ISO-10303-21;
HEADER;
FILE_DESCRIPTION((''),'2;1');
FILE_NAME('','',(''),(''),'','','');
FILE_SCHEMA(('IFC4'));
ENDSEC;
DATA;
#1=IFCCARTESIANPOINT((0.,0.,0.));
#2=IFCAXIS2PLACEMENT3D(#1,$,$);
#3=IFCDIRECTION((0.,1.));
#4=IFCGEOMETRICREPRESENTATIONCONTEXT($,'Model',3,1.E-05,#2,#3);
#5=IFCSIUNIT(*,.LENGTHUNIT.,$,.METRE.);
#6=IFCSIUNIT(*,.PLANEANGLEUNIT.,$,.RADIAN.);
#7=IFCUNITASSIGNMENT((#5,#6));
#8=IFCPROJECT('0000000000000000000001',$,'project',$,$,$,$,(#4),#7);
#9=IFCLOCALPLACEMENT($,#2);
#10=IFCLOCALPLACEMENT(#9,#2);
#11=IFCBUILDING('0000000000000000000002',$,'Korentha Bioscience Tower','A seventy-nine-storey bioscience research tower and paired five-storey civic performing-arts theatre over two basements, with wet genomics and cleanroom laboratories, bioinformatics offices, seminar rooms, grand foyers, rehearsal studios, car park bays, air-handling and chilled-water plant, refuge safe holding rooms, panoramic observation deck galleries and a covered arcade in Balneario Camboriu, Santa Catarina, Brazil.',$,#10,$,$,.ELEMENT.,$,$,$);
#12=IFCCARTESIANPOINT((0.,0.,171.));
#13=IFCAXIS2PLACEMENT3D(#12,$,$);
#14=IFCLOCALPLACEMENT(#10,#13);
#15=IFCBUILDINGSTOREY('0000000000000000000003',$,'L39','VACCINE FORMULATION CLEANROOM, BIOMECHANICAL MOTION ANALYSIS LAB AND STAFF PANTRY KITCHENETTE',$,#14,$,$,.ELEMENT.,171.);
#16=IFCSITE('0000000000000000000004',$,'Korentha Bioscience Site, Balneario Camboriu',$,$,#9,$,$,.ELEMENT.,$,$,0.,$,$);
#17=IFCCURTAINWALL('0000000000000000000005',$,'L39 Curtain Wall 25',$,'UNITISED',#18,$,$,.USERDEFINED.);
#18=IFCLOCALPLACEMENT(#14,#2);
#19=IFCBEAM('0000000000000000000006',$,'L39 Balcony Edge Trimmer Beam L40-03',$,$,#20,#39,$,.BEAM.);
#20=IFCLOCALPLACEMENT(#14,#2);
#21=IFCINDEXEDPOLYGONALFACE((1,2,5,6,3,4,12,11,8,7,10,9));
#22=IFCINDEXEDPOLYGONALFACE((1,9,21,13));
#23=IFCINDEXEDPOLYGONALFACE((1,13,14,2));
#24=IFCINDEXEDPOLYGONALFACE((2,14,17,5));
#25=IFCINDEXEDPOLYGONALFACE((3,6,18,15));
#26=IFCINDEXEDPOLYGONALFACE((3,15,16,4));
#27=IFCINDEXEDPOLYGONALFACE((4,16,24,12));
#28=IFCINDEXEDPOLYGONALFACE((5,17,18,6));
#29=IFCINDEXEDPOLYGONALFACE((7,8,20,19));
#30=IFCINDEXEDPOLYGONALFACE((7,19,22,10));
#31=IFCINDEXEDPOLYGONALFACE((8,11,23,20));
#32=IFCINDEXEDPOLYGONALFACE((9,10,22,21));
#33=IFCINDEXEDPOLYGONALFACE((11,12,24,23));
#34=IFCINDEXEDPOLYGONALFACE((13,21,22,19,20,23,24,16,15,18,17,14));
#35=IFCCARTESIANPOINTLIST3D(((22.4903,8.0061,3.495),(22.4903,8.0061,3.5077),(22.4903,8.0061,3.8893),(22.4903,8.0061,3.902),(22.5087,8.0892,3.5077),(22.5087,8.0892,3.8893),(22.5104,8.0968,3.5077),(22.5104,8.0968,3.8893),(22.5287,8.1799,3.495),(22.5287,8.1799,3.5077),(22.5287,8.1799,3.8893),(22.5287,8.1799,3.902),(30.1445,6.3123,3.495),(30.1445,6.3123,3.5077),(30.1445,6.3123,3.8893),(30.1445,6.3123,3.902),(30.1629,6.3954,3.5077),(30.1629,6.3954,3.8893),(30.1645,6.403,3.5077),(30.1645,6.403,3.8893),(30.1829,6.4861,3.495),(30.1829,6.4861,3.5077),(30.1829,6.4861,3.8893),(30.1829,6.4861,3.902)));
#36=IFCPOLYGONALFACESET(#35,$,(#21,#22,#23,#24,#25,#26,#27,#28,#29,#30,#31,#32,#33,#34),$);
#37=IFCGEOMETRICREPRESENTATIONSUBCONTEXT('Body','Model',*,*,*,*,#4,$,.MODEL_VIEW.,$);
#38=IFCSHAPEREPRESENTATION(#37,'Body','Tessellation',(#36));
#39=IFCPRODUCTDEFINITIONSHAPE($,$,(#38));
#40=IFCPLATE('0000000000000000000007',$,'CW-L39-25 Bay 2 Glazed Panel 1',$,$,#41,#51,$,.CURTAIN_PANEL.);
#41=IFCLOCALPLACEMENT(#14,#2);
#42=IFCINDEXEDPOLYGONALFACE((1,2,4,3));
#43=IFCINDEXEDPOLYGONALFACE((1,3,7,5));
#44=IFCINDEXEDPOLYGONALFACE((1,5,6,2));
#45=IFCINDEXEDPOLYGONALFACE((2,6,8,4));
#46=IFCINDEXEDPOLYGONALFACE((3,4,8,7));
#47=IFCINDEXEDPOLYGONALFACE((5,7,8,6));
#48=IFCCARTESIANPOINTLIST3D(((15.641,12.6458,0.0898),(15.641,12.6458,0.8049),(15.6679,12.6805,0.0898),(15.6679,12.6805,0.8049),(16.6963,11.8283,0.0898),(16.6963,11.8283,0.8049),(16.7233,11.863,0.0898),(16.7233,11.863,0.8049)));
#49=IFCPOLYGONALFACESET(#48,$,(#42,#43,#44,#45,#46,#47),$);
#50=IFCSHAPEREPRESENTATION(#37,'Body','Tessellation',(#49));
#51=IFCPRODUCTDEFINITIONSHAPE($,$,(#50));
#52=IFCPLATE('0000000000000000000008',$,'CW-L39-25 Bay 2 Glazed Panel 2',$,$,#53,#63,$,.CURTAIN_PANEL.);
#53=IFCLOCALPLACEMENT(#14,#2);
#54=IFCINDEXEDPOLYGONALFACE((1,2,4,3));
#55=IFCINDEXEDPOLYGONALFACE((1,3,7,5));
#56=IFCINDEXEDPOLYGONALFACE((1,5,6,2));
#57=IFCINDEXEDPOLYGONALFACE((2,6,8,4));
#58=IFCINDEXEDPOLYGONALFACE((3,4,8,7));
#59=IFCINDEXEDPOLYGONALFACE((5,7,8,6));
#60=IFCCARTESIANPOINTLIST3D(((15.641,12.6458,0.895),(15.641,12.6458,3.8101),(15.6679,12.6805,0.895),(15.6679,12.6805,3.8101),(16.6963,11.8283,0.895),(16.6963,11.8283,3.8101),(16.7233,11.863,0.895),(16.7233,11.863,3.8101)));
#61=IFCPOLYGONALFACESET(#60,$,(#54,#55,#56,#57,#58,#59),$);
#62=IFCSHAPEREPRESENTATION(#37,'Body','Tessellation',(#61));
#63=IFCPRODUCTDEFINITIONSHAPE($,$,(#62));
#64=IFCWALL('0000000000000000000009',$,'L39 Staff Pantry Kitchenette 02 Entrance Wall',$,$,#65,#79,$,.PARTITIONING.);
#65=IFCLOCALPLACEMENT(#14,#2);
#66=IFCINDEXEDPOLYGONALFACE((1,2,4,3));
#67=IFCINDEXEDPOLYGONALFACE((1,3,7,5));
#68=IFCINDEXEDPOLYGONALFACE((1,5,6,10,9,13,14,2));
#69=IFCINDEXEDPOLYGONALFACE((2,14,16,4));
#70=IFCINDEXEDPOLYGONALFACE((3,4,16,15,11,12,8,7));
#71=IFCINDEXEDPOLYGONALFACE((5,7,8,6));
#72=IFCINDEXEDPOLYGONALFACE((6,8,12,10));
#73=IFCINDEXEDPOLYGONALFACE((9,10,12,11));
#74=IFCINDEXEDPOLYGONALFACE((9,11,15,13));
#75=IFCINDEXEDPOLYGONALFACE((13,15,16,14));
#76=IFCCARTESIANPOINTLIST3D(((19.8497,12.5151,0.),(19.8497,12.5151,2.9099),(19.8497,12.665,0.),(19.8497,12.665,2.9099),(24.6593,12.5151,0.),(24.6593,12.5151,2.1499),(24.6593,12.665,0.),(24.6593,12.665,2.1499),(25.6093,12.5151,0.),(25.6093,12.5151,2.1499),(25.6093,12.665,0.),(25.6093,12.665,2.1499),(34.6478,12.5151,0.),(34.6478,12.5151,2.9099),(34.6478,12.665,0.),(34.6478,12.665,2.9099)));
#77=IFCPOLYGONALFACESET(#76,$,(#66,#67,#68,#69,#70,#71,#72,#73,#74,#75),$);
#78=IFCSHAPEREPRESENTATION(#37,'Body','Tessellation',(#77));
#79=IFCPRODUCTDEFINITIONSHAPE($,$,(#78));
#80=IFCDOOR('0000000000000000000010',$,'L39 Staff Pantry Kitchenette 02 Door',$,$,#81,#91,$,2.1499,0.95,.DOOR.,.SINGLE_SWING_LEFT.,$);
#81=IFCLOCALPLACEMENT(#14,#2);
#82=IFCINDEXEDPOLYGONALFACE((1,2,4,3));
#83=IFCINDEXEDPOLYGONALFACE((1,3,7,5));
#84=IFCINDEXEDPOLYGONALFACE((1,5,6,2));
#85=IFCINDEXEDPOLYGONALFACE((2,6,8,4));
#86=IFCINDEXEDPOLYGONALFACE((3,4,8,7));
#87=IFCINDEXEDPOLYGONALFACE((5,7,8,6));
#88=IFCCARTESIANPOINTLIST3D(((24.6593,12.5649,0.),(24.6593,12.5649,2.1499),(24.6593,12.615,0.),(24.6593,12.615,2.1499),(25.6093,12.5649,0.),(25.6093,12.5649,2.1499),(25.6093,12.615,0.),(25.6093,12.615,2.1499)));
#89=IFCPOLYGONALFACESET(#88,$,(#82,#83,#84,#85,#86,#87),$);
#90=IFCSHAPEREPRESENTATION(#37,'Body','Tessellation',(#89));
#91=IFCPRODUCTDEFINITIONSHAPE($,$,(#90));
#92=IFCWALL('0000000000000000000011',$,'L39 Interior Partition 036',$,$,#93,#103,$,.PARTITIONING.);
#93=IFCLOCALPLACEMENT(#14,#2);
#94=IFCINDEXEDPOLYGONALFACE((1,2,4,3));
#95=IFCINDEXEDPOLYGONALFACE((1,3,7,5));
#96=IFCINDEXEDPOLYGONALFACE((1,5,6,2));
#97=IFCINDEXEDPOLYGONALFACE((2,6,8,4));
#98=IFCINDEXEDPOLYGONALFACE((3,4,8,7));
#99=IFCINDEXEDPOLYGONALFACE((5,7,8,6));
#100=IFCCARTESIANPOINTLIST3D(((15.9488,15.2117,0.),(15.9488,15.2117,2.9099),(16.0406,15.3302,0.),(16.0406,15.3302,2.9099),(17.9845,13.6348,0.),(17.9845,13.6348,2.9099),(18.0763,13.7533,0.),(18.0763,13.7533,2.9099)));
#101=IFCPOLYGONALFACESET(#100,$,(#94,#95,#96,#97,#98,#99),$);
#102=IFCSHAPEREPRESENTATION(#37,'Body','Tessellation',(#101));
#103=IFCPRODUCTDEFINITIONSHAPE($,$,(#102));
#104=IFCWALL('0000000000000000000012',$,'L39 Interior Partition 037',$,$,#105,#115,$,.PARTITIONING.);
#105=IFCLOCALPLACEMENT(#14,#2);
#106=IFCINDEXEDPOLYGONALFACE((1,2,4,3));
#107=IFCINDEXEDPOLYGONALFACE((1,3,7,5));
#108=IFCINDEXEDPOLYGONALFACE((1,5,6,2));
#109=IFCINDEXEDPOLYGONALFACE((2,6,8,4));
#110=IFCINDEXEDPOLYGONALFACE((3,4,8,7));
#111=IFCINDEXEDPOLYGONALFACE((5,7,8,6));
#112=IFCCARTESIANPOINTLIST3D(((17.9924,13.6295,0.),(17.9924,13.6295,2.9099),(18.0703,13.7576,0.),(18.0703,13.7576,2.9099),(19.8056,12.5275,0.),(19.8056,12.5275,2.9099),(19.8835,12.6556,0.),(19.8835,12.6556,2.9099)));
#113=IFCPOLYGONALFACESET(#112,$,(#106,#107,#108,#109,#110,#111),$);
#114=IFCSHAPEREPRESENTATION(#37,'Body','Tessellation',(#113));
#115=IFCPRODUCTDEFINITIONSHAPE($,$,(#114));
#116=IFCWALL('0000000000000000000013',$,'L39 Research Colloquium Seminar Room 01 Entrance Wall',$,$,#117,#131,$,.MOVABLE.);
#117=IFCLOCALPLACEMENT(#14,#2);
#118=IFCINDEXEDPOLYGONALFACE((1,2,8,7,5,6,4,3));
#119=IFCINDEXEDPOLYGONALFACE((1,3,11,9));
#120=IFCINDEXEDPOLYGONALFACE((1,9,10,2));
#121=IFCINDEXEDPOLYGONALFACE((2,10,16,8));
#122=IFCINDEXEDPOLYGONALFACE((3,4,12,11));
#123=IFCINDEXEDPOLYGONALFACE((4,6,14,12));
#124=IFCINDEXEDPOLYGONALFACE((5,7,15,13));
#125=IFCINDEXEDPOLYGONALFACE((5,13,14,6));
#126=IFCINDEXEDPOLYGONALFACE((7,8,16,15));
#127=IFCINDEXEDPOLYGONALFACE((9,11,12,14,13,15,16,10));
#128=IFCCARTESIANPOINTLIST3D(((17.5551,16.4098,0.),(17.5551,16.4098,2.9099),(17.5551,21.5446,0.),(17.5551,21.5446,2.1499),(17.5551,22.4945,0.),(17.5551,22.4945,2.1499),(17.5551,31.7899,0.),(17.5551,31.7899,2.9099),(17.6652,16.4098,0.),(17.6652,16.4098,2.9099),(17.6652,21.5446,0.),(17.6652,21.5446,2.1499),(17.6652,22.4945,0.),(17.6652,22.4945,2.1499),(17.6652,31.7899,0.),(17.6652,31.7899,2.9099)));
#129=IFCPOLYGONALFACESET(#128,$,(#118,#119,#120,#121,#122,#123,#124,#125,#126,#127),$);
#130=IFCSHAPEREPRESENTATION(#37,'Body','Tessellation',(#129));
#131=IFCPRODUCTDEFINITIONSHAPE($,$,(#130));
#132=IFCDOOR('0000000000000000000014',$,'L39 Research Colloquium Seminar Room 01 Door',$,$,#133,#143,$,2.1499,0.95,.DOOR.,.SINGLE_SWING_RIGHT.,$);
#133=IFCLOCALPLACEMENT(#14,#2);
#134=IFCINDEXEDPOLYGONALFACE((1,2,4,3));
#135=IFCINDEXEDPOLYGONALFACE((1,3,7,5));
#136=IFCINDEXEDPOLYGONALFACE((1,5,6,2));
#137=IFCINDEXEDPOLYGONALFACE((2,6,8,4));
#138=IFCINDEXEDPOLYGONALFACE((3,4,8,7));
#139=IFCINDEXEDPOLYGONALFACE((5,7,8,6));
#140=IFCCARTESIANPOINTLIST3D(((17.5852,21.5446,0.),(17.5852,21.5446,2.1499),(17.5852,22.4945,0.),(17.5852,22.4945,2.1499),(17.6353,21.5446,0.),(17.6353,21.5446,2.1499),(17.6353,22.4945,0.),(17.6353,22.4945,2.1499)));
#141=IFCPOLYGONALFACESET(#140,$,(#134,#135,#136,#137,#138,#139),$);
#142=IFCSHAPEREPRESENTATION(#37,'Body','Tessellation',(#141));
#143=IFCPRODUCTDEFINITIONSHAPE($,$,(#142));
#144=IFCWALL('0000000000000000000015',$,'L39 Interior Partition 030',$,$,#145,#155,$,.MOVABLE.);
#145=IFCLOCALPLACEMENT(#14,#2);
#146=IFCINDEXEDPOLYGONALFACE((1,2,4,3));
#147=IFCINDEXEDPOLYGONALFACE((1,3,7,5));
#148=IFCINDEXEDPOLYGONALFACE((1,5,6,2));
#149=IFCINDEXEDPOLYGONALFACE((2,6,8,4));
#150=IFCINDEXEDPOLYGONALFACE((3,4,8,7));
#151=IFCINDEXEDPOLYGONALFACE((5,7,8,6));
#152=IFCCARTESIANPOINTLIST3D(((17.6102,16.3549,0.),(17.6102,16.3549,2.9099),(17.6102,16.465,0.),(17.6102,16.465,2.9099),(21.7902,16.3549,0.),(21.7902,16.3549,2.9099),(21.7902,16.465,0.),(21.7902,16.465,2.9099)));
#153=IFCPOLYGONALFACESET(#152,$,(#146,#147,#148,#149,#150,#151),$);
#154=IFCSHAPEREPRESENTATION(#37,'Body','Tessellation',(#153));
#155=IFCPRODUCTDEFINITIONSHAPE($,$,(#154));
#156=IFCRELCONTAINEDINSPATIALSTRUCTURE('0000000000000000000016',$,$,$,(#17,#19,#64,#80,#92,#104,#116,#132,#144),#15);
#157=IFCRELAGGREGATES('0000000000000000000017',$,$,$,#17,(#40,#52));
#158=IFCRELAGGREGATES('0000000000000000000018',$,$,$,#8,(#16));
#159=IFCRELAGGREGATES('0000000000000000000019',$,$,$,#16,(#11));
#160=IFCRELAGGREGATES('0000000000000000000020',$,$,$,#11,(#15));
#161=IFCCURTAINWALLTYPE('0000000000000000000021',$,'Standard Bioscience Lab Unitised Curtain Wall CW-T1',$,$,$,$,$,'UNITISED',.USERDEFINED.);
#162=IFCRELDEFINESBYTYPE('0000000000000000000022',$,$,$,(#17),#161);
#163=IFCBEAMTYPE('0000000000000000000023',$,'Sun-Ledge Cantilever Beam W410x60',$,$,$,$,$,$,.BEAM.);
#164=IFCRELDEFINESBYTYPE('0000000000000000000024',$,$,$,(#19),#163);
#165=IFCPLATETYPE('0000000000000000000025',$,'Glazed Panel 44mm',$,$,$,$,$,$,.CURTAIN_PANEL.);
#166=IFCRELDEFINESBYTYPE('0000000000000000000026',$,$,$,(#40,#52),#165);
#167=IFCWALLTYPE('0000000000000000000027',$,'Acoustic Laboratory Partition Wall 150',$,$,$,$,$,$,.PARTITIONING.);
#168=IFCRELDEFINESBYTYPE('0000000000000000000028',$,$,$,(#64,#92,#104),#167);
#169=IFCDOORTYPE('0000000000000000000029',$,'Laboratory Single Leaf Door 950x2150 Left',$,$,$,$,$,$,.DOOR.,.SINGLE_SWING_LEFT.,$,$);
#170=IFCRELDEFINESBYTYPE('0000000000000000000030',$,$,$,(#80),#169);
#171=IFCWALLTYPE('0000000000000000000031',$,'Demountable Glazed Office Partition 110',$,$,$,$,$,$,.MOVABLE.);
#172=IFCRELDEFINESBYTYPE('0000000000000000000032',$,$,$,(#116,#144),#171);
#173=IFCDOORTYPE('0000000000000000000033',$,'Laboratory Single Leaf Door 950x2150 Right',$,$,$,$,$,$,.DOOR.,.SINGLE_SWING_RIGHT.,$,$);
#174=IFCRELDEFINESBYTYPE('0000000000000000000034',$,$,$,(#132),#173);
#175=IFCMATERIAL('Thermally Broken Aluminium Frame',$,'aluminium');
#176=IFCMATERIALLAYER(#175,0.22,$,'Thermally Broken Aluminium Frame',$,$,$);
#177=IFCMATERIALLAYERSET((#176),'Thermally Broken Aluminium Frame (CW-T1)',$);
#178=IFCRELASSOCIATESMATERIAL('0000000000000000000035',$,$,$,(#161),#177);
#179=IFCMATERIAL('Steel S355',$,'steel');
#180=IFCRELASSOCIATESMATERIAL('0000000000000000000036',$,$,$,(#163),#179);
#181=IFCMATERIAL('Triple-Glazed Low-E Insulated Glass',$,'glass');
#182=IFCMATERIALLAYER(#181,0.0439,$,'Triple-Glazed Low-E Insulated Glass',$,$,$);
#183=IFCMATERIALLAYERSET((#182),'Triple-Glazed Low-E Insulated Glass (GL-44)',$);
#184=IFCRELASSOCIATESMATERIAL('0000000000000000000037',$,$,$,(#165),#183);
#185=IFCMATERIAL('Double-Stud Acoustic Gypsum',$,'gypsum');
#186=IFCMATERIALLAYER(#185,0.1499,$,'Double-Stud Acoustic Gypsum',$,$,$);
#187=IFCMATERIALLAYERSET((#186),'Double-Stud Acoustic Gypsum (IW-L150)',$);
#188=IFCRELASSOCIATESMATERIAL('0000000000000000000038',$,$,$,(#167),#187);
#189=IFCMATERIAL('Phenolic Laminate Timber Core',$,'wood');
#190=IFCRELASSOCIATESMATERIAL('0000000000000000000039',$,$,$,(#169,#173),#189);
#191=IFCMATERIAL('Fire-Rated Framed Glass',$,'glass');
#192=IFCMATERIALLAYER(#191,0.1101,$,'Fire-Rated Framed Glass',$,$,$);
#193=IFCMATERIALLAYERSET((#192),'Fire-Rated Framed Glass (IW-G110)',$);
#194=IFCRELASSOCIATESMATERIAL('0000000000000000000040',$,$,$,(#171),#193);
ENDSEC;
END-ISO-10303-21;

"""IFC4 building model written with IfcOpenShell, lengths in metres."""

from ifc_helpers import new_model, si_unit, direction, frame, frame_2d, origin, origin_2d, place, context, subcontext, project, spatial, rectangle, i_section, extrude, material, layer, layer_set, material_profile, profile_set, type_object, element, fill, aggregate, save


model = new_model("IFC4")

# Units and contexts
model_context = context("Model", 3, precision=1e-05, world=origin(), true_north=direction((0.0, 1.0)))
body_context = subcontext(model_context, "Body", "Model", "MODEL_VIEW")
ifc_project = project(units=[si_unit("LENGTHUNIT", "METRE"), si_unit("PLANEANGLEUNIT", "RADIAN")], contexts=[model_context])

# Site, building, storey
site_placement = place(None, origin())
site = spatial("IfcSite", under=ifc_project, at=site_placement, Name="Korentha Bioscience Site, Balneario Camboriu", CompositionType="ELEMENT", RefElevation=0.0)
building_placement = place(site_placement, origin())
building = spatial("IfcBuilding", under=site, at=building_placement, Name="Korentha Bioscience Tower", Description="A seventy-nine-storey bioscience research tower and paired five-storey civic performing-arts theatre over two basements, with wet genomics and cleanroom laboratories, bioinformatics offices, seminar rooms, grand foyers, rehearsal studios, car park bays, air-handling and chilled-water plant, refuge safe holding rooms, panoramic observation deck galleries and a covered arcade in Balneario Camboriu, Santa Catarina, Brazil.", CompositionType="ELEMENT")
storey_placement = place(building_placement, frame((0.0, 0.0, 171.0)))
storey = spatial("IfcBuildingStorey", under=building, at=storey_placement, Name="L39", Description="VACCINE FORMULATION CLEANROOM, BIOMECHANICAL MOTION ANALYSIS LAB AND STAFF PANTRY KITCHENETTE", CompositionType="ELEMENT", Elevation=171.0)

# Curtain wall
ifc_material_1 = material(Name="Thermally Broken Aluminium Frame", Category="aluminium")
ifc_layer_1 = layer(ifc_material_1, 0.22, Name="Thermally Broken Aluminium Frame")
ifc_layer_set_1 = layer_set([ifc_layer_1], Name="Thermally Broken Aluminium Frame (CW-T1)")
curtain_wall_type = type_object("IfcCurtainWallType", Name="Standard Bioscience Lab Unitised Curtain Wall CW-T1", ElementType="UNITISED", PredefinedType="USERDEFINED", material=ifc_layer_set_1)
curtain_wall_placement = place(storey_placement, origin())
curtain_wall = element("IfcCurtainWall", 1, at=curtain_wall_placement, inside=storey, type_object=curtain_wall_type, Name="L39 Curtain Wall 25", ObjectType="UNITISED", PredefinedType="USERDEFINED")

# Beam
ifc_material_2 = material(Name="Steel S355", Category="steel")
ifc_material_profile_1 = material_profile(ifc_material_2, i_section(OverallWidth=0.178, OverallDepth=0.407, WebThickness=0.0078, FlangeThickness=0.0127, at=origin_2d()), Name="Steel S355")
ifc_profile_set_1 = profile_set([ifc_material_profile_1], Name="Steel S355 (CB-410)")
beam_type_1 = type_object("IfcBeamType", Name="Sun-Ledge Cantilever Beam W410x60", PredefinedType="BEAM", material=ifc_profile_set_1)
beam_1_placement = place(storey_placement, frame((22.5095, 8.093, 3.6985), z_axis=(0.976379, -0.216066, 0.0), x_axis=(0.216066, 0.976379, 0.0)))
element("IfcBeam", 2, at=beam_1_placement, inside=storey, type_object=beam_type_1, Name="L39 Balcony Edge Trimmer Beam L40-03", PredefinedType="BEAM", context=body_context, shape_type="SweptSolid", body=[
    extrude(i_section(OverallWidth=0.178, OverallDepth=0.407, WebThickness=0.0078, FlangeThickness=0.0127, at=origin_2d()), origin(), (0.0, 0.0, 1.0), 7.8394),
])

# Plates
ifc_material_3 = material(Name="Triple-Glazed Low-E Insulated Glass", Category="glass")
ifc_layer_2 = layer(ifc_material_3, 0.0439, Name="Triple-Glazed Low-E Insulated Glass")
ifc_layer_set_2 = layer_set([ifc_layer_2], Name="Triple-Glazed Low-E Insulated Glass (GL-44)")
plate_type = type_object("IfcPlateType", Name="Glazed Panel 44mm", PredefinedType="CURTAIN_PANEL", material=ifc_layer_set_2)
plate_1_placement = place(storey_placement, frame((16.1821, 12.2544, 0.0898), z_axis=(0.0, 0.0, 1.0), x_axis=(0.790547, -0.612402, 0.0)))
plate_1 = element("IfcPlate", 3, at=plate_1_placement, type_object=plate_type, Name="CW-L39-25 Bay 2 Glazed Panel 1", PredefinedType="CURTAIN_PANEL", context=body_context, shape_type="SweptSolid", body=[
    extrude(rectangle(XDim=1.335, YDim=0.0439, at=origin_2d()), origin(), (0.0, 0.0, 1.0), 0.7151),
])
plate_2_placement = place(storey_placement, frame((16.1821, 12.2544, 0.895), z_axis=(0.0, 0.0, 1.0), x_axis=(0.790547, -0.612402, 0.0)))
plate_2 = element("IfcPlate", 4, at=plate_2_placement, type_object=plate_type, Name="CW-L39-25 Bay 2 Glazed Panel 2", PredefinedType="CURTAIN_PANEL", context=body_context, shape_type="SweptSolid", body=[
    extrude(rectangle(XDim=1.335, YDim=0.0439, at=origin_2d()), origin(), (0.0, 0.0, 1.0), 2.915),
])
aggregate(curtain_wall, [plate_1, plate_2])

# Wall, opening, door
ifc_material_4 = material(Name="Double-Stud Acoustic Gypsum", Category="gypsum")
ifc_layer_3 = layer(ifc_material_4, 0.1499, Name="Double-Stud Acoustic Gypsum")
ifc_layer_set_3 = layer_set([ifc_layer_3], Name="Double-Stud Acoustic Gypsum (IW-L150)")
wall_type_1 = type_object("IfcWallType", Name="Acoustic Laboratory Partition Wall 150", PredefinedType="PARTITIONING", material=ifc_layer_set_3)
wall_1_placement = place(storey_placement, frame((19.8499, 12.5901, 0.0), z_axis=(0.0, 0.0, 1.0), x_axis=(1.0, 0.0, 0.0)))
wall_1 = element("IfcWall", 5, at=wall_1_placement, inside=storey, type_object=wall_type_1, Name="L39 Staff Pantry Kitchenette 02 Entrance Wall", PredefinedType="PARTITIONING", context=body_context, shape_type="SweptSolid", body=[
    extrude(rectangle(XDim=14.7981, YDim=0.1499, at=frame_2d((7.3989, 0.0))), origin(), (0.0, 0.0, 1.0), 2.9099),
])
opening_1_placement = place(wall_1_placement, frame((4.8093, 0.0, 0.0)))
opening_1 = element("IfcOpeningElement", 6, at=opening_1_placement, cuts=wall_1, PredefinedType="OPENING", context=body_context, shape_type="SweptSolid", body=[
    extrude(rectangle(XDim=0.95, YDim=2.1499, at=frame_2d((0.4751, 1.075))), frame((0.0, 0.0898, 0.0), z_axis=(0.0, -1.0, 0.0), x_axis=(1.0, 0.0, 0.0)), (0.0, 0.0, 1.0), 0.1797),
])
ifc_material_5 = material(Name="Phenolic Laminate Timber Core", Category="wood")
door_type_1 = type_object("IfcDoorType", Name="Laboratory Single Leaf Door 950x2150 Left", OperationType="SINGLE_SWING_LEFT", PredefinedType="DOOR", material=ifc_material_5)
door_1_placement = place(opening_1_placement, origin())
door_1 = element("IfcDoor", 7, at=door_1_placement, inside=storey, type_object=door_type_1, Name="L39 Staff Pantry Kitchenette 02 Door", OperationType="SINGLE_SWING_LEFT", OverallHeight=2.1499, OverallWidth=0.95, PredefinedType="DOOR", context=body_context, shape_type="SweptSolid", body=[
    extrude(rectangle(XDim=0.95, YDim=2.1499, at=frame_2d((0.4751, 1.075))), frame((0.0, 0.0249, 0.0), z_axis=(0.0, -1.0, 0.0), x_axis=(1.0, 0.0, 0.0)), (0.0, 0.0, 1.0), 0.05),
])
fill(opening_1, door_1)

# Walls
wall_2_placement = place(storey_placement, frame((15.9946, 15.271, 0.0), z_axis=(0.0, 0.0, 1.0), x_axis=(0.79055, -0.612397, 0.0)))
element("IfcWall", 8, at=wall_2_placement, inside=storey, type_object=wall_type_1, Name="L39 Interior Partition 036", PredefinedType="PARTITIONING", context=body_context, shape_type="SweptSolid", body=[
    extrude(rectangle(XDim=2.575, YDim=0.1499, at=frame_2d((1.2876, 0.0))), origin(), (0.0, 0.0, 1.0), 2.9099),
])
wall_3_placement = place(storey_placement, frame((18.0312, 13.6936, 0.0), z_axis=(0.0, 0.0, 1.0), x_axis=(0.854545, -0.519377, 0.0)))
element("IfcWall", 9, at=wall_3_placement, inside=storey, type_object=wall_type_1, Name="L39 Interior Partition 037", PredefinedType="PARTITIONING", context=body_context, shape_type="SweptSolid", body=[
    extrude(rectangle(XDim=2.1218, YDim=0.1499, at=frame_2d((1.061, 0.0))), origin(), (0.0, 0.0, 1.0), 2.9099),
])

# Wall, opening, door
ifc_material_6 = material(Name="Fire-Rated Framed Glass", Category="glass")
ifc_layer_4 = layer(ifc_material_6, 0.1101, Name="Fire-Rated Framed Glass")
ifc_layer_set_4 = layer_set([ifc_layer_4], Name="Fire-Rated Framed Glass (IW-G110)")
wall_type_2 = type_object("IfcWallType", Name="Demountable Glazed Office Partition 110", PredefinedType="MOVABLE", material=ifc_layer_set_4)
wall_4_placement = place(storey_placement, frame((17.6101, 16.4099, 0.0), z_axis=(0.0, 0.0, 1.0), x_axis=(0.0, 1.0, 0.0)))
wall_4 = element("IfcWall", 10, at=wall_4_placement, inside=storey, type_object=wall_type_2, Name="L39 Research Colloquium Seminar Room 01 Entrance Wall", PredefinedType="MOVABLE", context=body_context, shape_type="SweptSolid", body=[
    extrude(rectangle(XDim=15.3801, YDim=0.1101, at=frame_2d((7.6899, 0.0))), origin(), (0.0, 0.0, 1.0), 2.9099),
])
opening_2_placement = place(wall_4_placement, frame((5.1345, 0.0, 0.0)))
opening_2 = element("IfcOpeningElement", 11, at=opening_2_placement, cuts=wall_4, PredefinedType="OPENING", context=body_context, shape_type="SweptSolid", body=[
    extrude(rectangle(XDim=0.95, YDim=2.1499, at=frame_2d((0.4751, 1.075))), frame((0.0, 0.0698, 0.0), z_axis=(0.0, -1.0, 0.0), x_axis=(1.0, 0.0, 0.0)), (0.0, 0.0, 1.0), 0.1399),
])
door_type_2 = type_object("IfcDoorType", Name="Laboratory Single Leaf Door 950x2150 Right", OperationType="SINGLE_SWING_RIGHT", PredefinedType="DOOR", material=ifc_material_5)
door_2_placement = place(opening_2_placement, origin())
door_2 = element("IfcDoor", 12, at=door_2_placement, inside=storey, type_object=door_type_2, Name="L39 Research Colloquium Seminar Room 01 Door", OperationType="SINGLE_SWING_RIGHT", OverallHeight=2.1499, OverallWidth=0.95, PredefinedType="DOOR", context=body_context, shape_type="SweptSolid", body=[
    extrude(rectangle(XDim=0.95, YDim=2.1499, at=frame_2d((0.4751, 1.075))), frame((0.0, 0.0249, 0.0), z_axis=(0.0, -1.0, 0.0), x_axis=(1.0, 0.0, 0.0)), (0.0, 0.0, 1.0), 0.05),
])
fill(opening_2, door_2)

# Wall
wall_5_placement = place(storey_placement, frame((21.79, 16.4099, 0.0), z_axis=(0.0, 0.0, 1.0), x_axis=(-1.0, 0.0, 0.0)))
element("IfcWall", 13, at=wall_5_placement, inside=storey, type_object=wall_type_2, Name="L39 Interior Partition 030", PredefinedType="MOVABLE", context=body_context, shape_type="SweptSolid", body=[
    extrude(rectangle(XDim=4.1799, YDim=0.1101, at=frame_2d((2.0898, 0.0))), origin(), (0.0, 0.0, 1.0), 2.9099),
])

save(model, "model.ifc")
